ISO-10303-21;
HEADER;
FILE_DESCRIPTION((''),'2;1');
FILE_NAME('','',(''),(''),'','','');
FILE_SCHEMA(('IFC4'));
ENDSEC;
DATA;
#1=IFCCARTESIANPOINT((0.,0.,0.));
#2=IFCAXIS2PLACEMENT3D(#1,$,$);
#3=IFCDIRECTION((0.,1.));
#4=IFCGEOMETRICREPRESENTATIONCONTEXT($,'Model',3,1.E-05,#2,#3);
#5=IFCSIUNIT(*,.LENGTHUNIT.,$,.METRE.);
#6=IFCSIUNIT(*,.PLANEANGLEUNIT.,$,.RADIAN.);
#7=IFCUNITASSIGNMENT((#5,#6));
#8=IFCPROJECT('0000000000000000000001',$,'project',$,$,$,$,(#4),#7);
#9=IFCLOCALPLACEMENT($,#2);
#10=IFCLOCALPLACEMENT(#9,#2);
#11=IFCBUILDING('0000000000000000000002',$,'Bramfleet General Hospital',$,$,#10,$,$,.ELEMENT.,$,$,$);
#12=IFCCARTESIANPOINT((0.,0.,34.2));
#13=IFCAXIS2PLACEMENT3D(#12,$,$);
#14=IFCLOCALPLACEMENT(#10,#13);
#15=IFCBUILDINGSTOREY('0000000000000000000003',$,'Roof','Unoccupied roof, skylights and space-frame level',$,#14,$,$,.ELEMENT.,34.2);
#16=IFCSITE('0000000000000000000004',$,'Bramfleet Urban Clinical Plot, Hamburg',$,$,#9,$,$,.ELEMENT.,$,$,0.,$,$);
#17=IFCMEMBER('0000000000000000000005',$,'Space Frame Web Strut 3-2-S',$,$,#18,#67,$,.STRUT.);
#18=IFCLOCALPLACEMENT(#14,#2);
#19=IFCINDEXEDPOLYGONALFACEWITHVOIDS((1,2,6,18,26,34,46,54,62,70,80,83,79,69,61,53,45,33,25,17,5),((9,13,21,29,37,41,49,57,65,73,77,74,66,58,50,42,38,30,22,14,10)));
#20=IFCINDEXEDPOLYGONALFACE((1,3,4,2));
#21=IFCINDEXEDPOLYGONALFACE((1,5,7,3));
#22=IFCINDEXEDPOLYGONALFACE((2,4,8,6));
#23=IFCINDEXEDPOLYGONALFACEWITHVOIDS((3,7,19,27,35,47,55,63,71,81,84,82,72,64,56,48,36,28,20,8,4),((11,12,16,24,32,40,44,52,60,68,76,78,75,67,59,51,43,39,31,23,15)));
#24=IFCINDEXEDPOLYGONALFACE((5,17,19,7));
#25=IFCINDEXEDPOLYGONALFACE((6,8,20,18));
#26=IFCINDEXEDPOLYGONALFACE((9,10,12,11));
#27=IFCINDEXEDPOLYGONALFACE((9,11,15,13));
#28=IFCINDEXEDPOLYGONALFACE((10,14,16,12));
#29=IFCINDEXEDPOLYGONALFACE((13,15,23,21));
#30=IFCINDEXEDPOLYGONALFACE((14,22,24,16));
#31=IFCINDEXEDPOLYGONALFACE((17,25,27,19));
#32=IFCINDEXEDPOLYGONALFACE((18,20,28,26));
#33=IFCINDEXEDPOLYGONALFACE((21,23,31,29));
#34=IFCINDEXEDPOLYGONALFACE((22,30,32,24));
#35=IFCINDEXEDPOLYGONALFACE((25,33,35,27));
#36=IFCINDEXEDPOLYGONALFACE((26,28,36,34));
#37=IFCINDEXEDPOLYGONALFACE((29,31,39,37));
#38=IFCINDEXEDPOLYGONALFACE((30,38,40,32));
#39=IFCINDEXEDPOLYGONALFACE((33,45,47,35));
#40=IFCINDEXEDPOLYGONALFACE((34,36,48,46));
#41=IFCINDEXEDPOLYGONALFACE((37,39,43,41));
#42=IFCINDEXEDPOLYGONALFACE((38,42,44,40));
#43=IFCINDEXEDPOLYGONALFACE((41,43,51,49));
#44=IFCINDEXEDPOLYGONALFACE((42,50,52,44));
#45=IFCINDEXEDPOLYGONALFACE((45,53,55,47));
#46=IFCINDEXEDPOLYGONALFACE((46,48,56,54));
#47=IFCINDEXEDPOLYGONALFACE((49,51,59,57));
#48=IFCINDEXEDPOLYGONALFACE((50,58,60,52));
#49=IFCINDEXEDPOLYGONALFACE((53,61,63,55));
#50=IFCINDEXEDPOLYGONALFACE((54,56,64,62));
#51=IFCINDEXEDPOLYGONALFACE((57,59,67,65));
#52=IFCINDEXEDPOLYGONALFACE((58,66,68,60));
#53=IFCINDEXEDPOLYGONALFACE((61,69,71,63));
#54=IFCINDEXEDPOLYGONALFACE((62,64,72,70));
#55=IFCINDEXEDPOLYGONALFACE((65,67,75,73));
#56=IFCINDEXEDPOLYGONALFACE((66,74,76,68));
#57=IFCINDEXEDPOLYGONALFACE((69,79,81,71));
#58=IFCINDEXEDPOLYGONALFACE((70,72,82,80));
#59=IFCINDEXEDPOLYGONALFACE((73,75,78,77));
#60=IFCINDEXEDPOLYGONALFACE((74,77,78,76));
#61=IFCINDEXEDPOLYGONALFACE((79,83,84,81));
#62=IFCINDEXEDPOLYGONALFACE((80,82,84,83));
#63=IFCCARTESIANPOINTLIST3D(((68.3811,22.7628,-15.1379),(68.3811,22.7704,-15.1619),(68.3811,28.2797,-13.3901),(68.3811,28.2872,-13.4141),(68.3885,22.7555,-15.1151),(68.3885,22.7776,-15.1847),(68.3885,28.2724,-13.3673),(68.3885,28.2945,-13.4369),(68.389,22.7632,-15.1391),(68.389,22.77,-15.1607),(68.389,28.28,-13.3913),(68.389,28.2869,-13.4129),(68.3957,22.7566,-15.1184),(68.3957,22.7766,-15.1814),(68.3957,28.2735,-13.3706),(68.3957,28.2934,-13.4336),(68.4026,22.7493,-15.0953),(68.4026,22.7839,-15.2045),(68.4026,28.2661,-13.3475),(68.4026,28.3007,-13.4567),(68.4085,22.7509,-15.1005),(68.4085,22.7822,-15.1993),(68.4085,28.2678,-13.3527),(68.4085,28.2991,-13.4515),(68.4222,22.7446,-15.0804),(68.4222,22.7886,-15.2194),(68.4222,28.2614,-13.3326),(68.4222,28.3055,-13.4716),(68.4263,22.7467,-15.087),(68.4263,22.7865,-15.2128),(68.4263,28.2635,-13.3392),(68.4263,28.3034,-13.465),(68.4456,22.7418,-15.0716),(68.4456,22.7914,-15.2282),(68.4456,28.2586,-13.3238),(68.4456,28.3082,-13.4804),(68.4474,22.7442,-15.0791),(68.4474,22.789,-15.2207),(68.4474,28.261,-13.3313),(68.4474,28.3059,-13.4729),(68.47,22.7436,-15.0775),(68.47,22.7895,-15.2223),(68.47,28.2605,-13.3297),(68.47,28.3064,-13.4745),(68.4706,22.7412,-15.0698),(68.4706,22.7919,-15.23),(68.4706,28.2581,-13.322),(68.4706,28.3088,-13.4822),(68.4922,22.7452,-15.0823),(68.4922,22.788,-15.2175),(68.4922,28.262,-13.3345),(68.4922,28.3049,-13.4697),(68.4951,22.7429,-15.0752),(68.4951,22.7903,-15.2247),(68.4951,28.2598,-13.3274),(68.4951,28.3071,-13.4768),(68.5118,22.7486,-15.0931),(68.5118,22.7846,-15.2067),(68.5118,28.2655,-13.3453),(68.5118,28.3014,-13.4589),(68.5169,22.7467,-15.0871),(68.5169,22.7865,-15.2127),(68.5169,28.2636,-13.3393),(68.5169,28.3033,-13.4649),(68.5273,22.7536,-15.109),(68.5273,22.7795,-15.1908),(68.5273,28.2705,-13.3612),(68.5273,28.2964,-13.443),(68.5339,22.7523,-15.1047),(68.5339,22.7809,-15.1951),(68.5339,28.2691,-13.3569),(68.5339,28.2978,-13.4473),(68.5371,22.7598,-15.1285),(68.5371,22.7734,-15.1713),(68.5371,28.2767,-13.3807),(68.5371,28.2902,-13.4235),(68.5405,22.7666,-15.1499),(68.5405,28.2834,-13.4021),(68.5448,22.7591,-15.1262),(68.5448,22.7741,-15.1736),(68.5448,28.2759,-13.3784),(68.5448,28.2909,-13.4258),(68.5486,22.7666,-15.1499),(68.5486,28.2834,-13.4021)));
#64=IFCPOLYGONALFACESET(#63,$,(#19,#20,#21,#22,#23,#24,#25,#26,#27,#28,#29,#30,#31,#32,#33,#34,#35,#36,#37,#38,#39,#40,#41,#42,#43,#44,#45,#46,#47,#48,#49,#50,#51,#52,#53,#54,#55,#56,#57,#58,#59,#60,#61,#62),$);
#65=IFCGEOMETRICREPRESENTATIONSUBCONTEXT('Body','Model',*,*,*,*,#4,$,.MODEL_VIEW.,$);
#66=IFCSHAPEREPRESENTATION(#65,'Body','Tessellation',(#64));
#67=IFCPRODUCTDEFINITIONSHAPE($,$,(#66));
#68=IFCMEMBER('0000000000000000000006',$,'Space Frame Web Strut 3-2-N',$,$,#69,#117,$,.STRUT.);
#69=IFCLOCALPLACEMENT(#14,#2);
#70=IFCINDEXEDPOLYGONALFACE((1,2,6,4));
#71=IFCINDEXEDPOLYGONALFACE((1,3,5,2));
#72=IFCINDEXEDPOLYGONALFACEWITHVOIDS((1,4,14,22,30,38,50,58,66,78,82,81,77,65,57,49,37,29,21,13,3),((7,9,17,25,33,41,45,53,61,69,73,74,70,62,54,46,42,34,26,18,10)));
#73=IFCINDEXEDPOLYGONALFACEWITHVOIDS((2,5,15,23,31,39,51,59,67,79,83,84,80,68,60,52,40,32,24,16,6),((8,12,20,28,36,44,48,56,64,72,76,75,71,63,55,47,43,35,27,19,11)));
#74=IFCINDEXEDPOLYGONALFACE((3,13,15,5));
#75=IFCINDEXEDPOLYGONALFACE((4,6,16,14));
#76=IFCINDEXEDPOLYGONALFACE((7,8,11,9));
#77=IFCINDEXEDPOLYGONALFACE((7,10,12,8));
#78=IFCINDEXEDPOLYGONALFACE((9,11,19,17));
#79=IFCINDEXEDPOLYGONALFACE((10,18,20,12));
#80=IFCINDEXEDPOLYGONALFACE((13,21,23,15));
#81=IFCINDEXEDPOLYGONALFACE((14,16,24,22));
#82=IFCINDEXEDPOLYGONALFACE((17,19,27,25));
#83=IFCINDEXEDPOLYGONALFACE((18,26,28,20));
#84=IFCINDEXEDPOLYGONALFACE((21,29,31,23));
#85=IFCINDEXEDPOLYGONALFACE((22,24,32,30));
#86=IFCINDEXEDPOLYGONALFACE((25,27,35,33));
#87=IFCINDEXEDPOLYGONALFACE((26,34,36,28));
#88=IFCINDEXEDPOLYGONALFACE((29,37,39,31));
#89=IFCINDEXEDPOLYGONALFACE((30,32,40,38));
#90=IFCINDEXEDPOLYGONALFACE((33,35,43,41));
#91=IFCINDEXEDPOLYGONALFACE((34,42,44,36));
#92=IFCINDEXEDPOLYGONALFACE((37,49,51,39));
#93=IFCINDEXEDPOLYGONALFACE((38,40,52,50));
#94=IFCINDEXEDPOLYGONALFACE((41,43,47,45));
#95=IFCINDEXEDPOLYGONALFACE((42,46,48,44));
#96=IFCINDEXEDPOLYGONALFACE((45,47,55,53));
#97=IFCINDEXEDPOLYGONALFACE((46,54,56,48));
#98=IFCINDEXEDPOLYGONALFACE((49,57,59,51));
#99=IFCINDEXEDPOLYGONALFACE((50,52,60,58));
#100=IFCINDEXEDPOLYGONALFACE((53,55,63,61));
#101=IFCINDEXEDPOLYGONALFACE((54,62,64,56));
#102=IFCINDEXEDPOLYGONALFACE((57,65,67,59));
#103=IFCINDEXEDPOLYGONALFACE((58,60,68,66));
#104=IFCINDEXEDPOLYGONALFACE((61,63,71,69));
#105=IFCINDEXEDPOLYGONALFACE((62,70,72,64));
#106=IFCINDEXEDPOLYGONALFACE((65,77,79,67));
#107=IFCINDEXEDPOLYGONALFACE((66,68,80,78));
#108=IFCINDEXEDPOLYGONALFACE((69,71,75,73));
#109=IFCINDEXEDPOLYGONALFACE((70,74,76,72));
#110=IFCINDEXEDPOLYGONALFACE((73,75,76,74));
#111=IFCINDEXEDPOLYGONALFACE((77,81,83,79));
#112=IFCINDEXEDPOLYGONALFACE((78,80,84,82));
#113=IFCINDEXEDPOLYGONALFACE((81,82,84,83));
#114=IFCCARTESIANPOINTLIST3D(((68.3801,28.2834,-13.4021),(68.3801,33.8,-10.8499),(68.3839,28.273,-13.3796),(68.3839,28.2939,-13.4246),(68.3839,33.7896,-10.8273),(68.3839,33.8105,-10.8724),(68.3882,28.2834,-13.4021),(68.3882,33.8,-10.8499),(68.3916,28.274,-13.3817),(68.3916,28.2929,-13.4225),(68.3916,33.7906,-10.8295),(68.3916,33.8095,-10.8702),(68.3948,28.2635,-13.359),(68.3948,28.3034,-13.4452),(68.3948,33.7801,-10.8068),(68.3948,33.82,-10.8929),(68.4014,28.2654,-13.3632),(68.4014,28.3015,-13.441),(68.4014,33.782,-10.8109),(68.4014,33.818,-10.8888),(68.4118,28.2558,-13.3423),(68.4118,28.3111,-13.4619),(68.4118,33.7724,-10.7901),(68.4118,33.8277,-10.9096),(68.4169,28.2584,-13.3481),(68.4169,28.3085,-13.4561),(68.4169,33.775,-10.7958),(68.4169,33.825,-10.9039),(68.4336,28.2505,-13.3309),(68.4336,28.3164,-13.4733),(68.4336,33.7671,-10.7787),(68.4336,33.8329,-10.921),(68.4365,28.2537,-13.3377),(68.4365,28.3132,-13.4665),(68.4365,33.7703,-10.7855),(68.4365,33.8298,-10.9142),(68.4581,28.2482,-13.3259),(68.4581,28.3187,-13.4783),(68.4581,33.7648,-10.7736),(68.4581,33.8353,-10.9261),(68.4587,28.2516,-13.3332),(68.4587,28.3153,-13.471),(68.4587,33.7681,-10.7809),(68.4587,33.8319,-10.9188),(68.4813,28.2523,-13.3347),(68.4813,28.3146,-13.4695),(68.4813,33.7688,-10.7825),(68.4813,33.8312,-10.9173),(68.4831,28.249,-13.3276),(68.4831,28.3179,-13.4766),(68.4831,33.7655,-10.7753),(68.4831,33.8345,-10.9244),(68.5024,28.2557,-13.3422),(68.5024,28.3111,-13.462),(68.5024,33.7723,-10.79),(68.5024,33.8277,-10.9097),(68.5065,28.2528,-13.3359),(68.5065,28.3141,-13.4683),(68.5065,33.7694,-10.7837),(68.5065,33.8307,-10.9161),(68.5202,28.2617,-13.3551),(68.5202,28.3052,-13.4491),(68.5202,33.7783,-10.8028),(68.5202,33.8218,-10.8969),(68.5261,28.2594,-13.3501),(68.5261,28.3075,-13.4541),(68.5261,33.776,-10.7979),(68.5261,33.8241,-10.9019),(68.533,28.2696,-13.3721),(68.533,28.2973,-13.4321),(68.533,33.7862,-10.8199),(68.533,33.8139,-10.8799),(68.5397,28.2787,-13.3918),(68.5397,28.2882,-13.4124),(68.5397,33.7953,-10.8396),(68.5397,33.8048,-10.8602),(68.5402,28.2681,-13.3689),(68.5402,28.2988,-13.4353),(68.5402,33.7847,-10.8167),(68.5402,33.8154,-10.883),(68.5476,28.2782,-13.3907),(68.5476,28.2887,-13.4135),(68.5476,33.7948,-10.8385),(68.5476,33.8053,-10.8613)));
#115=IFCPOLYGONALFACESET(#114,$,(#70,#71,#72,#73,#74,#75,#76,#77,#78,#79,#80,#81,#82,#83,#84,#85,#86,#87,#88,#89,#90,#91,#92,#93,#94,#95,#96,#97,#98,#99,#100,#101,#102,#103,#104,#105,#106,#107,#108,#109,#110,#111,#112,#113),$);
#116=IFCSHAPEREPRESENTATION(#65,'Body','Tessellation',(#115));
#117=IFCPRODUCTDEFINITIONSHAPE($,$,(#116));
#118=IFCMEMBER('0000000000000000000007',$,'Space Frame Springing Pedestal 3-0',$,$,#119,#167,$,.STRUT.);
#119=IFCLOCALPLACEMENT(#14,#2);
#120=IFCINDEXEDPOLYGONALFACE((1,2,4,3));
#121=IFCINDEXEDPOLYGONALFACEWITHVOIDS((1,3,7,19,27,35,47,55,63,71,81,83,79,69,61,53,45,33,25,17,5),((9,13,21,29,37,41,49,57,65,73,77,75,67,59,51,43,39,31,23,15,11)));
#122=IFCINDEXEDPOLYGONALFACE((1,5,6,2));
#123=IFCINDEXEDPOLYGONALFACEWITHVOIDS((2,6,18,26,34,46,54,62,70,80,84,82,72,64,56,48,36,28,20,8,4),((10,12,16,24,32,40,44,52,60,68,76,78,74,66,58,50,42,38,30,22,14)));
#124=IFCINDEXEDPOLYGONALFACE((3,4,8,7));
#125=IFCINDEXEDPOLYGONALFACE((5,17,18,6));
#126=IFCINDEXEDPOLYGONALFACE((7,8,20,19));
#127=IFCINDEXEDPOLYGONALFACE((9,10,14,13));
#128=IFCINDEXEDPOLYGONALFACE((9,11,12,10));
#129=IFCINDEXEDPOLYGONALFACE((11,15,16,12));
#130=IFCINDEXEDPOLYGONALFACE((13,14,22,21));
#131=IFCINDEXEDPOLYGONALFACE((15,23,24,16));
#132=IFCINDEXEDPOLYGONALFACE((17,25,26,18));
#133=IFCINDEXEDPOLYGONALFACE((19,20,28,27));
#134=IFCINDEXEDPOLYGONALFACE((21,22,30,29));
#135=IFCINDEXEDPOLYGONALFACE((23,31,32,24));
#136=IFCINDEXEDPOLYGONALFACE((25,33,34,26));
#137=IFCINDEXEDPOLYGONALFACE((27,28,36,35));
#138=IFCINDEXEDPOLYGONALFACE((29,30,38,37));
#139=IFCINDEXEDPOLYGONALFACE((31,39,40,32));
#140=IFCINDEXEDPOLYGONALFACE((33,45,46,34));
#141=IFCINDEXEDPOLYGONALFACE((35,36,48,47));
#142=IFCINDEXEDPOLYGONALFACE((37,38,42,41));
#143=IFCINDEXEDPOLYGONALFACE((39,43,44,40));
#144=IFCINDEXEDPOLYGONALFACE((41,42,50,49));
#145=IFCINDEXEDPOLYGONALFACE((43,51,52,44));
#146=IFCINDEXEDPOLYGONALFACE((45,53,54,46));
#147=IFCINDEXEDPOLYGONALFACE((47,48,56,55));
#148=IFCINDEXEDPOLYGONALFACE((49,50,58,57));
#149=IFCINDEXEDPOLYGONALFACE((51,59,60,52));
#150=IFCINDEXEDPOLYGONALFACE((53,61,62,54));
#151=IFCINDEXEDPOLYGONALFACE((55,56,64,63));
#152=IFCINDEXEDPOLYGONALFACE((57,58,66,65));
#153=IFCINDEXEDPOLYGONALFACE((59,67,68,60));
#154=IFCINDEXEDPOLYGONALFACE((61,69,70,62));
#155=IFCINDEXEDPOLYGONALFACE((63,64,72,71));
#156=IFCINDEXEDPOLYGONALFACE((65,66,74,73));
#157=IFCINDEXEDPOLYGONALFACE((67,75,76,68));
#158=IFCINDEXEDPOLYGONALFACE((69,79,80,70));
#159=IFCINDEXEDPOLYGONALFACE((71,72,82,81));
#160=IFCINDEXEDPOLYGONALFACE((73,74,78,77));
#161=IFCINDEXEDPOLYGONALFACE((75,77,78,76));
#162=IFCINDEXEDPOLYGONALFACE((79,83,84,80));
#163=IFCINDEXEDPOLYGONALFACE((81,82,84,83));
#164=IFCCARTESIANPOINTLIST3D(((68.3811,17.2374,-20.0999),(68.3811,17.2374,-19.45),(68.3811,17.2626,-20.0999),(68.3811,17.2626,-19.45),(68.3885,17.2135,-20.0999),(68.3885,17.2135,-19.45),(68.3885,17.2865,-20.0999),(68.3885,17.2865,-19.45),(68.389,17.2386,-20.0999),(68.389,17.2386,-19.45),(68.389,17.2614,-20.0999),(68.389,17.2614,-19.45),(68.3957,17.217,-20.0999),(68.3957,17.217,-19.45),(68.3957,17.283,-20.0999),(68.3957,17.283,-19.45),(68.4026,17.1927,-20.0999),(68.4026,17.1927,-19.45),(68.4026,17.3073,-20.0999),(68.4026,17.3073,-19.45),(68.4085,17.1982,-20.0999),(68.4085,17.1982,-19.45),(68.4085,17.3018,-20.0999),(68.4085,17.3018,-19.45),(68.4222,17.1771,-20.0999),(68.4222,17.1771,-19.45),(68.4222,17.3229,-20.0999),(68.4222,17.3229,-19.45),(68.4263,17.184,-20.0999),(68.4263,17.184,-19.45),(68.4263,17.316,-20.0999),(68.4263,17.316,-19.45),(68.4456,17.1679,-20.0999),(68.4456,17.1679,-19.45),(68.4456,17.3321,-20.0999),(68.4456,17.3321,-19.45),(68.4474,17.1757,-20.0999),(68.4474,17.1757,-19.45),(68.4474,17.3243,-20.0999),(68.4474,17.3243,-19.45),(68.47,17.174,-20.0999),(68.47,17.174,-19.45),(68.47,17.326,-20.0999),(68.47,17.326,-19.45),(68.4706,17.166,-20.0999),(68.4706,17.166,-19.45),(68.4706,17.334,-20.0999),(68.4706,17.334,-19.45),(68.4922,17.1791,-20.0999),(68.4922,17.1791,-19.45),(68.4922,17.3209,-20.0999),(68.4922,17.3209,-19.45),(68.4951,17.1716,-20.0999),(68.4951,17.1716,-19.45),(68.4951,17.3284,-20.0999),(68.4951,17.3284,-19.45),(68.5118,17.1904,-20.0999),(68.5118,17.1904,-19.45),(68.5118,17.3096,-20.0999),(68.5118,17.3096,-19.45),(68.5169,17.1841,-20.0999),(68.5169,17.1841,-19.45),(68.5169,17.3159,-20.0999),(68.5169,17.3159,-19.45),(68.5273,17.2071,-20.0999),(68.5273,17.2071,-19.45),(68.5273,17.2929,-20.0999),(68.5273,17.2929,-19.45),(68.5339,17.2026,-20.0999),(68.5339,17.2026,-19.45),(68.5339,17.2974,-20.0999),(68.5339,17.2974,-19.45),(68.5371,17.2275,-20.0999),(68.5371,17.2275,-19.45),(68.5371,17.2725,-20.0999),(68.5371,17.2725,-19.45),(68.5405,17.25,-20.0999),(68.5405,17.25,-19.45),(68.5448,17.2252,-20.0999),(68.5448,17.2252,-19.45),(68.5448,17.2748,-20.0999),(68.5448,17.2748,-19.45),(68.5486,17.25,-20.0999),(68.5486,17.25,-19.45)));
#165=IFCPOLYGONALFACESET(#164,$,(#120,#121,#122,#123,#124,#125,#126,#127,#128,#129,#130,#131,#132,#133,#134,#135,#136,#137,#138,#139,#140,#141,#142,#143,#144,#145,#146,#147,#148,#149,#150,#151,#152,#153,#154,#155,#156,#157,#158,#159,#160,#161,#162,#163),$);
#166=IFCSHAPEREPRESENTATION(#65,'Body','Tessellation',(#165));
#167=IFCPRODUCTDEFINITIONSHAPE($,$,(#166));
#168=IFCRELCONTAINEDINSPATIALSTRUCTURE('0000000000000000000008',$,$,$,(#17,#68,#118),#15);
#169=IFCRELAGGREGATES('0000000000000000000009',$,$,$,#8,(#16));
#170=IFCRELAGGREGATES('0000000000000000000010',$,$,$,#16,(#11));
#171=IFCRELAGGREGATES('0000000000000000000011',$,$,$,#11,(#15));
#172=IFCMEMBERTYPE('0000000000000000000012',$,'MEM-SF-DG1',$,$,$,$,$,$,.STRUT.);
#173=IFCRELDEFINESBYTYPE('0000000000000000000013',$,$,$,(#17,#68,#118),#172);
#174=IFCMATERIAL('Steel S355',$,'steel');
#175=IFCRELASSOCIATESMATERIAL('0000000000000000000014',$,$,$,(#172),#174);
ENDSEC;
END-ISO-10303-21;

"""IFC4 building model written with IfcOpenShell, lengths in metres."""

from ifc_helpers import new_model, si_unit, direction, frame, origin, origin_2d, place, context, subcontext, project, spatial, hollow_circle, extrude, material, material_profile, profile_set, type_object, element, save


model = new_model("IFC4")

# Units and contexts
model_context = context("Model", 3, precision=1e-05, world=origin(), true_north=direction((0.0, 1.0)))
body_context = subcontext(model_context, "Body", "Model", "MODEL_VIEW")
ifc_project = project(units=[si_unit("LENGTHUNIT", "METRE"), si_unit("PLANEANGLEUNIT", "RADIAN")], contexts=[model_context])

# Site, building, storey
site_placement = place(None, origin())
site = spatial("IfcSite", under=ifc_project, at=site_placement, Name="Bramfleet Urban Clinical Plot, Hamburg", CompositionType="ELEMENT", RefElevation=0.0)
building_placement = place(site_placement, origin())
building = spatial("IfcBuilding", under=site, at=building_placement, Name="Bramfleet General Hospital", CompositionType="ELEMENT")
storey_placement = place(building_placement, frame((0.0, 0.0, 34.2)))
storey = spatial("IfcBuildingStorey", under=building, at=storey_placement, Name="Roof", Description="Unoccupied roof, skylights and space-frame level", CompositionType="ELEMENT", Elevation=34.2)

# Members
ifc_material = material(Name="Steel S355", Category="steel")
ifc_material_profile_1 = material_profile(ifc_material, hollow_circle(Radius=0.0842, WallThickness=0.0081, at=origin_2d()), Name="CHS 168.3x8.0")
ifc_profile_set_1 = profile_set([ifc_material_profile_1], Name="Steel S355")
member_type_1 = type_object("IfcMemberType", Name="MEM-SF-DG1", PredefinedType="STRUT", material=ifc_profile_set_1)
member_1_placement = place(storey_placement, frame((68.4644, 28.2834, -13.4021), z_axis=(0.0, -0.953302, -0.302018), x_axis=(1.0, 0.0, 0.0)))
element("IfcMember", 1, at=member_1_placement, inside=storey, type_object=member_type_1, Name="Space Frame Web Strut 3-2-S", PredefinedType="STRUT", context=body_context, shape_type="SweptSolid", body=[
    extrude(hollow_circle(Radius=0.0842, WallThickness=0.0081, at=origin_2d()), origin(), (0.0, 0.0, 1.0), 5.7871),
])
member_2_placement = place(storey_placement, frame((68.4644, 28.2834, -13.4021), z_axis=(0.0, 0.907576, 0.419888), x_axis=(-1.0, 0.0, 0.0)))
element("IfcMember", 2, at=member_2_placement, inside=storey, type_object=member_type_1, Name="Space Frame Web Strut 3-2-N", PredefinedType="STRUT", context=body_context, shape_type="SweptSolid", body=[
    extrude(hollow_circle(Radius=0.0842, WallThickness=0.0081, at=origin_2d()), origin(), (0.0, 0.0, 1.0), 6.0784),
])
member_3_placement = place(storey_placement, frame((68.4644, 17.25, -20.0999), z_axis=(0.0, 0.0, 1.0), x_axis=(1.0, 0.0, 0.0)))
element("IfcMember", 3, at=member_3_placement, inside=storey, type_object=member_type_1, Name="Space Frame Springing Pedestal 3-0", PredefinedType="STRUT", context=body_context, shape_type="SweptSolid", body=[
    extrude(hollow_circle(Radius=0.0842, WallThickness=0.0081, at=origin_2d()), origin(), (0.0, 0.0, 1.0), 0.6499),
])

save(model, "model.ifc")
